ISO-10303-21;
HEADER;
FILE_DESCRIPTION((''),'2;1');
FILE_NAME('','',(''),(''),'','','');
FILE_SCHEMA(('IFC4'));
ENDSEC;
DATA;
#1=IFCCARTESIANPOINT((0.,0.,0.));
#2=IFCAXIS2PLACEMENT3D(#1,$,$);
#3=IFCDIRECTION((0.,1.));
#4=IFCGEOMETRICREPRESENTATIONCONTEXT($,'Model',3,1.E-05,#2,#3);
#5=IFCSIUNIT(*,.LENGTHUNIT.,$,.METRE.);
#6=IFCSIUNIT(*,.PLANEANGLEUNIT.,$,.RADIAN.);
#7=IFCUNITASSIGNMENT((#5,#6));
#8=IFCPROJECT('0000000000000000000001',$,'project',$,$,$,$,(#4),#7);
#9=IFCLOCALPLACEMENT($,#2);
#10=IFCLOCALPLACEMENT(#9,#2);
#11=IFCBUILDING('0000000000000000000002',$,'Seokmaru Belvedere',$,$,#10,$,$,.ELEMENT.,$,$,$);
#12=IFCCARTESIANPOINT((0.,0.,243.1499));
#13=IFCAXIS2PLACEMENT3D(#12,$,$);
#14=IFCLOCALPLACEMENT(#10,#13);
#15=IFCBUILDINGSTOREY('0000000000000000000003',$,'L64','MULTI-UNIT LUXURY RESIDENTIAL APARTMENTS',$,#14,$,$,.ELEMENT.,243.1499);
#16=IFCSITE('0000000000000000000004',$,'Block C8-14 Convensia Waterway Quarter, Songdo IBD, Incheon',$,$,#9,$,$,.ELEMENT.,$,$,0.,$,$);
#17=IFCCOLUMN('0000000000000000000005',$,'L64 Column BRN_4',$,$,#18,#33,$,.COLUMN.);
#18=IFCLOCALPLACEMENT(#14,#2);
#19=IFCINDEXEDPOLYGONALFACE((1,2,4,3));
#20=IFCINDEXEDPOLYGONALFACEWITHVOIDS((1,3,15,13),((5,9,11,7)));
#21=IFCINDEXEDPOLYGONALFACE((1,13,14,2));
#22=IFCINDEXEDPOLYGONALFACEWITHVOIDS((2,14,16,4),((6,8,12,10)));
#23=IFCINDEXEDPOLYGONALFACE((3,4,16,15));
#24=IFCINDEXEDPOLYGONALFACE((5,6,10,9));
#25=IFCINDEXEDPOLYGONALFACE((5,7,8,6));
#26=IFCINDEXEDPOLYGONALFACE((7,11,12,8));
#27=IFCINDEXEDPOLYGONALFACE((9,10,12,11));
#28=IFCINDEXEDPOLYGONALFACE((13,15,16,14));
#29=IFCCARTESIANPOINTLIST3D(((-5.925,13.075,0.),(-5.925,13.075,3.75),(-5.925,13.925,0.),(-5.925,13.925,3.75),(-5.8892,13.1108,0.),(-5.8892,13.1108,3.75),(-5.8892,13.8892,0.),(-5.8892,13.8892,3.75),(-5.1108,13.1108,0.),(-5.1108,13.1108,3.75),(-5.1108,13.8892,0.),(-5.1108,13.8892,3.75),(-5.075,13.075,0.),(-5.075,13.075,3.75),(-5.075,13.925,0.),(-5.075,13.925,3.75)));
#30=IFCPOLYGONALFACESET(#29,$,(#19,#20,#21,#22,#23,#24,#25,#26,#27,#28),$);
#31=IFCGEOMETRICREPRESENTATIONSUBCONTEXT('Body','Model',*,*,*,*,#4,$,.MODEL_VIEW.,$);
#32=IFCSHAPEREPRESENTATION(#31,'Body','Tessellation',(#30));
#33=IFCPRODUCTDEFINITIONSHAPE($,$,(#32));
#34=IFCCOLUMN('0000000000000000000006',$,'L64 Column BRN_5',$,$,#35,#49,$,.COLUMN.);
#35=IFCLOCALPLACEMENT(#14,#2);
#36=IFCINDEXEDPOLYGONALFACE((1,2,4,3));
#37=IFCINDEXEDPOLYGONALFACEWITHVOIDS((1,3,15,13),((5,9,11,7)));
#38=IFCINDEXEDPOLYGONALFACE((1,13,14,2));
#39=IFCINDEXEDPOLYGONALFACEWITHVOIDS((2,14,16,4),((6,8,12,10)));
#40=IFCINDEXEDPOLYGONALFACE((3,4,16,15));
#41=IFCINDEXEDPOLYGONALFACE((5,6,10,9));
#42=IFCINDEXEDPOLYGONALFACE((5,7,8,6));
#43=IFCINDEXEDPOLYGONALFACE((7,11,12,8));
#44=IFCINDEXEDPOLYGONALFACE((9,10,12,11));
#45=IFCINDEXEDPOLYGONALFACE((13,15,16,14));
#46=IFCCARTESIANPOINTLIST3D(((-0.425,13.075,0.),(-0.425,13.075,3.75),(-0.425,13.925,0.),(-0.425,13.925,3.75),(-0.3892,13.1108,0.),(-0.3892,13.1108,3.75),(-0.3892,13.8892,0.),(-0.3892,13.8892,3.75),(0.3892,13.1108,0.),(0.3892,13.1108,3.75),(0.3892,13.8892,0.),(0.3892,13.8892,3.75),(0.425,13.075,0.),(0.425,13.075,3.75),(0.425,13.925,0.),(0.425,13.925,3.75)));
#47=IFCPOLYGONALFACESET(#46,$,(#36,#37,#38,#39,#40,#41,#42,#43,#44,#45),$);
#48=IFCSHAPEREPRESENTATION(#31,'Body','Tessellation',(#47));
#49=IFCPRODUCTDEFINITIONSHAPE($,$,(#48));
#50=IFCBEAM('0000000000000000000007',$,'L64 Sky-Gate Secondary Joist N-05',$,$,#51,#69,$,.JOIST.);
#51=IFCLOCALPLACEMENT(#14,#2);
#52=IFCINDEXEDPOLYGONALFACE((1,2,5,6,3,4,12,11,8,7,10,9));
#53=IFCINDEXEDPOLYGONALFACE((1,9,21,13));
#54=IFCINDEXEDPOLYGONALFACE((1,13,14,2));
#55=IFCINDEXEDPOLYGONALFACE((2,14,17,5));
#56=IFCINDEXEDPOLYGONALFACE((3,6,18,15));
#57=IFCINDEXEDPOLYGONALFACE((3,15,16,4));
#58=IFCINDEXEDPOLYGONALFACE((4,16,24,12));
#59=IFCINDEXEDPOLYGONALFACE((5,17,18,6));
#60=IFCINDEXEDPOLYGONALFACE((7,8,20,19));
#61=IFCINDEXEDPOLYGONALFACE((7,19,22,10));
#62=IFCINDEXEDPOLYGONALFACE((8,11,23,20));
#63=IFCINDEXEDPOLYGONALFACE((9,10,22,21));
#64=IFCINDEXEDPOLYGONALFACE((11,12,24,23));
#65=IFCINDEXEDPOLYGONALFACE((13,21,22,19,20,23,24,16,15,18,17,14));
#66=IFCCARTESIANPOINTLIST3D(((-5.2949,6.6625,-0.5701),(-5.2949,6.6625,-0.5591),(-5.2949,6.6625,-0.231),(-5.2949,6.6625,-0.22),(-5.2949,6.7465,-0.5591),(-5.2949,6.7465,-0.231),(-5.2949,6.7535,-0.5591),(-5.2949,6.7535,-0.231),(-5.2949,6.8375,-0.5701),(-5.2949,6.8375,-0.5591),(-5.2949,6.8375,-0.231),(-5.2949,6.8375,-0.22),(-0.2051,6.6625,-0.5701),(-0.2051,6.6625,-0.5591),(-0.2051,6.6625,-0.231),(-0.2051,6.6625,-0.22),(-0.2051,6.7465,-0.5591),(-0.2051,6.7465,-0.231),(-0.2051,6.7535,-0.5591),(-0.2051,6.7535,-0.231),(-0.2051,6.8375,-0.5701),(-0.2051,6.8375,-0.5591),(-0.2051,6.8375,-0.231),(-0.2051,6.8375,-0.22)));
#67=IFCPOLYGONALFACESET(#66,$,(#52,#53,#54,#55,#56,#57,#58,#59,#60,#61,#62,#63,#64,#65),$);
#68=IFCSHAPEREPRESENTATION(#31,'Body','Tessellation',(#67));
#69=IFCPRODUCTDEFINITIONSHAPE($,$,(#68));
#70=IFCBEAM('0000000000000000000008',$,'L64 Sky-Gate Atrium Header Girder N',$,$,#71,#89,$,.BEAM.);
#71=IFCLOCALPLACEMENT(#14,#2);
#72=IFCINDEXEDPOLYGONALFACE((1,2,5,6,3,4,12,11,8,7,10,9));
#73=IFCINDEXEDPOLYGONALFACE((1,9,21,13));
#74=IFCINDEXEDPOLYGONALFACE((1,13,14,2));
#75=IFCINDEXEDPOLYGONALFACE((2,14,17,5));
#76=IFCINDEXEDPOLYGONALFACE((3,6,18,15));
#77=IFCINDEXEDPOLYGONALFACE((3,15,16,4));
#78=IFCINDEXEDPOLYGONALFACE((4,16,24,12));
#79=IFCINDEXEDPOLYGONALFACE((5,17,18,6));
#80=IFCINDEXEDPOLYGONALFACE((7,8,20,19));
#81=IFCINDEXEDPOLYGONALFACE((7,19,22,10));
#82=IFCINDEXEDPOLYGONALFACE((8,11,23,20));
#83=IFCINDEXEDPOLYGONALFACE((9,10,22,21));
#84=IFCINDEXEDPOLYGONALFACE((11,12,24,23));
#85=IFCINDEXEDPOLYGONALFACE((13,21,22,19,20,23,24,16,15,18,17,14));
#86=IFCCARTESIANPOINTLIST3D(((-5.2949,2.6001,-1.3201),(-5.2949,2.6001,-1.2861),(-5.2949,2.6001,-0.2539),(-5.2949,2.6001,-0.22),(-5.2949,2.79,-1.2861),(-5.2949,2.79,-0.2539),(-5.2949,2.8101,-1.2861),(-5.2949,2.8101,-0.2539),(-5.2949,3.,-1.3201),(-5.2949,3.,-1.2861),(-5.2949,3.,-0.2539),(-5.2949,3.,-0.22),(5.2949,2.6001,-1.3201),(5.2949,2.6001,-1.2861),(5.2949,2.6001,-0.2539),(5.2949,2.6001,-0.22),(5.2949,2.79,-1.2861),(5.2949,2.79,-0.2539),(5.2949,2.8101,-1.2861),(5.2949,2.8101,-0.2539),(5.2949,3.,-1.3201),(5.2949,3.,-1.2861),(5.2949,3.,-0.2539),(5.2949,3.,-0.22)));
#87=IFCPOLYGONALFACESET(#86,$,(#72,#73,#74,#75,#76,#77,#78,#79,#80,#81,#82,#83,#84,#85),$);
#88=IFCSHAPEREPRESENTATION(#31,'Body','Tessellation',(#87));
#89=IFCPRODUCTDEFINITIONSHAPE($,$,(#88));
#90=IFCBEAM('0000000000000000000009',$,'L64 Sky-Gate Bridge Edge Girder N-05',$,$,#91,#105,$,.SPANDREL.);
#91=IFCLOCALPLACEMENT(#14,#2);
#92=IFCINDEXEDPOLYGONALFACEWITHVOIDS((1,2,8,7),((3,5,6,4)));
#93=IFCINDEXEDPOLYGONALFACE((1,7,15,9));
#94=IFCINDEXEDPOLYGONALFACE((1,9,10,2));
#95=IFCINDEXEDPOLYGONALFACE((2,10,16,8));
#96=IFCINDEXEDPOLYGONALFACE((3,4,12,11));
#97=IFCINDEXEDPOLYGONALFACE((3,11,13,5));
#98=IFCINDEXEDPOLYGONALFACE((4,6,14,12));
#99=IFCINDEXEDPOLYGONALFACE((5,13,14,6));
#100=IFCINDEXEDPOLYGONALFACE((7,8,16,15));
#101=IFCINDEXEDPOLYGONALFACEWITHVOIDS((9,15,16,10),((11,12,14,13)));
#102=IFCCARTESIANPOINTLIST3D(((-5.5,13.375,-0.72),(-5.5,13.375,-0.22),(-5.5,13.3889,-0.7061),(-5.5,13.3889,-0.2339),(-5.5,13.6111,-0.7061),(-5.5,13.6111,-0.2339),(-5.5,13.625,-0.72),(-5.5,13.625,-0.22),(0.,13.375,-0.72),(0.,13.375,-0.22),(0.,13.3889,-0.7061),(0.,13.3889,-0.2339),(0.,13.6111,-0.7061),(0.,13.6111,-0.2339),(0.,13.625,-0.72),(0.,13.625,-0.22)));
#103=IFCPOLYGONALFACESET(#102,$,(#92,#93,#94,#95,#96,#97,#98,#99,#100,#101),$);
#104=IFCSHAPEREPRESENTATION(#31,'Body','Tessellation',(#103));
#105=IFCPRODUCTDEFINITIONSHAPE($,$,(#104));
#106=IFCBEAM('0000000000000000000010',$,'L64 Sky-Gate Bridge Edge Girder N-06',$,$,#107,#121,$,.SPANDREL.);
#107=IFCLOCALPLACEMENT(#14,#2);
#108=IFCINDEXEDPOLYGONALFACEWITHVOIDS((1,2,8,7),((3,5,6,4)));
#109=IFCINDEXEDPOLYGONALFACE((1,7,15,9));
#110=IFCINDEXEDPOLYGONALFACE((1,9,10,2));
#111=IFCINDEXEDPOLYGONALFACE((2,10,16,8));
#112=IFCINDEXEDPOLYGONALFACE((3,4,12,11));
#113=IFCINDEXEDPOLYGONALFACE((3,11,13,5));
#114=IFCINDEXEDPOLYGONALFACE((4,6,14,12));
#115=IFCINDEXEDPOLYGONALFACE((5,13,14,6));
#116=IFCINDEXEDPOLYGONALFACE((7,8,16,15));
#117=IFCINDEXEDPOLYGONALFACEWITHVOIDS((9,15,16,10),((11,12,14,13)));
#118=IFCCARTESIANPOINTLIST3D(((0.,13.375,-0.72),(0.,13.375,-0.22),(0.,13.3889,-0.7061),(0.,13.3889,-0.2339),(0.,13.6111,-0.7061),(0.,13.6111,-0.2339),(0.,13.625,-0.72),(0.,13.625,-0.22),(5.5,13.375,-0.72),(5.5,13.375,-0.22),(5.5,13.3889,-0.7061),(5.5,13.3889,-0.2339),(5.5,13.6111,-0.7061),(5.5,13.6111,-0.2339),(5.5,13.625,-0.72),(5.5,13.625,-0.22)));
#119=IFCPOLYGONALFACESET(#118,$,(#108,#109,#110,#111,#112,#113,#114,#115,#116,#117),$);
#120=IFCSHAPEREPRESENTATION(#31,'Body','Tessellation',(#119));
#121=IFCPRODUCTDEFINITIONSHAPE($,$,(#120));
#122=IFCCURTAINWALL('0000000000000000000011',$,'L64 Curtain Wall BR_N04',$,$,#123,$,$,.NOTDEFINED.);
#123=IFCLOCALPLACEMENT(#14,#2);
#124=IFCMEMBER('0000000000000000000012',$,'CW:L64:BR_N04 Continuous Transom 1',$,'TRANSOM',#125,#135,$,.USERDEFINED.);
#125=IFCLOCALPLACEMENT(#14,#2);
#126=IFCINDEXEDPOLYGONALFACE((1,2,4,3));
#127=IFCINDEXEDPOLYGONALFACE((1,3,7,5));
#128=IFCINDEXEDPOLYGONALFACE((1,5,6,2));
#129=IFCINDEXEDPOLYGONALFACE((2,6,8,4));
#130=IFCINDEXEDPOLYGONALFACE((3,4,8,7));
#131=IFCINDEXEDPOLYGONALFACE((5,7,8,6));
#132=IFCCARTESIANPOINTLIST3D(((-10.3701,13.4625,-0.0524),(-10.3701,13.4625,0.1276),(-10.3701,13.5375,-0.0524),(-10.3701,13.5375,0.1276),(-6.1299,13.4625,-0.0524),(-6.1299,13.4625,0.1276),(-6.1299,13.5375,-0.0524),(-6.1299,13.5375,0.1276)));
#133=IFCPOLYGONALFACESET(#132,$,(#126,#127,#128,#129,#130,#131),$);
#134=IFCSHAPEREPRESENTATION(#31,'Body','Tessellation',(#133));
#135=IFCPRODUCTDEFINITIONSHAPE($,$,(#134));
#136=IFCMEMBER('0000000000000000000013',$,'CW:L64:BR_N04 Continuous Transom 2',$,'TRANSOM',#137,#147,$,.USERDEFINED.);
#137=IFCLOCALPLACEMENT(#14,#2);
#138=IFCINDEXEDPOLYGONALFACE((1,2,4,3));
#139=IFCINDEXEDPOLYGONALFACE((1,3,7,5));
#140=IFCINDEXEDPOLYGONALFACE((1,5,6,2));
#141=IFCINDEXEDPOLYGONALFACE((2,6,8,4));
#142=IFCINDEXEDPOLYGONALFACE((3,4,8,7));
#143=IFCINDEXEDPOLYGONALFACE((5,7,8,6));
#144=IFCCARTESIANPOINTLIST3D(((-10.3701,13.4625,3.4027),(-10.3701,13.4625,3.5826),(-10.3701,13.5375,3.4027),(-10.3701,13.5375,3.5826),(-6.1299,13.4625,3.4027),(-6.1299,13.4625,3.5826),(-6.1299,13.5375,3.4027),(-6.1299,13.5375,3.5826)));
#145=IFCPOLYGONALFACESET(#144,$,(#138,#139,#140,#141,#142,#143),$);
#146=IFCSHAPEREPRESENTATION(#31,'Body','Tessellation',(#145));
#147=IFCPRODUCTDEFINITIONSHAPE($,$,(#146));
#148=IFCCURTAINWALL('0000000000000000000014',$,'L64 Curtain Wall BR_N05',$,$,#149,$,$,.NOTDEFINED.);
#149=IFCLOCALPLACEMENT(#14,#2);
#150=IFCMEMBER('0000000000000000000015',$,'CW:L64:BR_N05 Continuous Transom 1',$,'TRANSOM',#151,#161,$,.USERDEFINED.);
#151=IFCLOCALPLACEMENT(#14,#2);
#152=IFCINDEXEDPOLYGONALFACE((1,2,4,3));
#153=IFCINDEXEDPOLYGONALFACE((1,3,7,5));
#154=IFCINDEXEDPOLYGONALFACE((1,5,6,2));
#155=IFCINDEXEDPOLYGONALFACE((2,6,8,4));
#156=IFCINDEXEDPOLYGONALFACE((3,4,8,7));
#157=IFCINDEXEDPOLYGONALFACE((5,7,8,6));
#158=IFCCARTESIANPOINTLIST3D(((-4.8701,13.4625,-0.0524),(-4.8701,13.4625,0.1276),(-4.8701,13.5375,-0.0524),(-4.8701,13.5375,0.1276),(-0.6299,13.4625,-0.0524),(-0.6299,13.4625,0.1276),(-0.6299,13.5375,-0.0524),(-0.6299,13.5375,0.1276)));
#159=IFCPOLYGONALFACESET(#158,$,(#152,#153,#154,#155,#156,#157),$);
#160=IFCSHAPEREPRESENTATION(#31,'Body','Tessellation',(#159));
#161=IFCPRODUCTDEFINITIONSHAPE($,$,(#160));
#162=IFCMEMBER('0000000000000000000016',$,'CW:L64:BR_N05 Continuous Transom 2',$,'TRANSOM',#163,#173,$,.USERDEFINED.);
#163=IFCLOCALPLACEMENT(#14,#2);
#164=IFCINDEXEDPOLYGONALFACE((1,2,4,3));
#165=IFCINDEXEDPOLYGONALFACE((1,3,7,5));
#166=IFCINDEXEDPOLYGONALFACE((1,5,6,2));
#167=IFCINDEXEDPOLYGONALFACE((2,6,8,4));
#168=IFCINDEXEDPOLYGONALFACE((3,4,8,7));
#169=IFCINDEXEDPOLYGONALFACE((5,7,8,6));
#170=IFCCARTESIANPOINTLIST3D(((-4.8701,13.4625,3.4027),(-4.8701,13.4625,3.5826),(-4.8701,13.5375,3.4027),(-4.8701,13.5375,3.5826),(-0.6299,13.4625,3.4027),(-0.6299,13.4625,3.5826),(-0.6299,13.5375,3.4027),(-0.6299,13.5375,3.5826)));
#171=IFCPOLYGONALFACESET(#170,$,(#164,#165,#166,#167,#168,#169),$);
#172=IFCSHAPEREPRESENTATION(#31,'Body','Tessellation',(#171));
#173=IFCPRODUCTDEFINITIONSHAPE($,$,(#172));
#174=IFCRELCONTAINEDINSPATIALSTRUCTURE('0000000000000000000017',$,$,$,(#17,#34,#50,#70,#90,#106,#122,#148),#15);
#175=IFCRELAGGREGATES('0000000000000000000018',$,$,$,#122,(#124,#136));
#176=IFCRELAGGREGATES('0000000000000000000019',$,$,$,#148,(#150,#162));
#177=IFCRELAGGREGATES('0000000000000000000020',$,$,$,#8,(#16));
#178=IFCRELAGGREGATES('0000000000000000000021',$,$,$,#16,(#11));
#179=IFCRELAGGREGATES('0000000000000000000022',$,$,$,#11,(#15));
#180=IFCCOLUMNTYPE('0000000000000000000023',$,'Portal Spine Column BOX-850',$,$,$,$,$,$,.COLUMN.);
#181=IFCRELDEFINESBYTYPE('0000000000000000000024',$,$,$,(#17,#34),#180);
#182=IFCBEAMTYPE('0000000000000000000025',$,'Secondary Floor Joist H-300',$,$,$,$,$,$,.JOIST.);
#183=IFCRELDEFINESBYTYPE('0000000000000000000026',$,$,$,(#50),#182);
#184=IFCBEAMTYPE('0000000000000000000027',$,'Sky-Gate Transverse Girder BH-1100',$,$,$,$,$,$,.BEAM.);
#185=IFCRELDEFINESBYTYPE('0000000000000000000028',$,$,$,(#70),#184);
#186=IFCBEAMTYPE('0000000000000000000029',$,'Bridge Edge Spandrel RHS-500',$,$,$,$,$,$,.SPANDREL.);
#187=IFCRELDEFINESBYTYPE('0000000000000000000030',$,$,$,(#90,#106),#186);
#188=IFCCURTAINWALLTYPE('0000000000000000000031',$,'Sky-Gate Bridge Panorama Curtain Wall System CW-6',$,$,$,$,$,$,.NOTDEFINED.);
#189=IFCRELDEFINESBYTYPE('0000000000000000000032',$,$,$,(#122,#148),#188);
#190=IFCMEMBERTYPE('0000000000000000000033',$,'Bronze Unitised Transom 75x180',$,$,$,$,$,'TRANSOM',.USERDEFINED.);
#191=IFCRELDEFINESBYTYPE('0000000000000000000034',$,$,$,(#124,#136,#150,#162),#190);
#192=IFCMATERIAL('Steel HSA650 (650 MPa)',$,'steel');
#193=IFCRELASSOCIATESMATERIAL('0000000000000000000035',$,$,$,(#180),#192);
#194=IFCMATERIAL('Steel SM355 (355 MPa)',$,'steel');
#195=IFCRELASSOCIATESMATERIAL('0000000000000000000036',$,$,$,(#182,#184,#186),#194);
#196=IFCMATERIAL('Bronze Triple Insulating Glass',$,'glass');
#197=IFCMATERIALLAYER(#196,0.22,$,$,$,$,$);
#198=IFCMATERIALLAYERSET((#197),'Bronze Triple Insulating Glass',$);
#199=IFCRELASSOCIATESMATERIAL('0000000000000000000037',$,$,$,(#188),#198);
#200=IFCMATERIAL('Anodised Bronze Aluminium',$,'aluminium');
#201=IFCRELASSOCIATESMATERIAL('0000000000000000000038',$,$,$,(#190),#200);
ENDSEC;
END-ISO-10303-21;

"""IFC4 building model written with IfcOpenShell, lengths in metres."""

from ifc_helpers import new_model, si_unit, direction, frame, origin, origin_2d, place, context, subcontext, project, spatial, rectangle, hollow_rectangle, i_section, extrude, source, transform, mapped, material, layer, layer_set, material_profile, profile_set, type_object, type_shapes, element, aggregate, save


model = new_model("IFC4")

# Units and contexts
model_context = context("Model", 3, precision=1e-05, world=origin(), true_north=direction((0.0, 1.0)))
body_context = subcontext(model_context, "Body", "Model", "MODEL_VIEW")
ifc_project = project(units=[si_unit("LENGTHUNIT", "METRE"), si_unit("PLANEANGLEUNIT", "RADIAN")], contexts=[model_context])

# Site, building, storey
site_placement = place(None, origin())
site = spatial("IfcSite", under=ifc_project, at=site_placement, Name="Block C8-14 Convensia Waterway Quarter, Songdo IBD, Incheon", CompositionType="ELEMENT", RefElevation=0.0)
building_placement = place(site_placement, origin())
building = spatial("IfcBuilding", under=site, at=building_placement, Name="Seokmaru Belvedere", CompositionType="ELEMENT")
storey_placement = place(building_placement, frame((0.0, 0.0, 243.1499)))
storey = spatial("IfcBuildingStorey", under=building, at=storey_placement, Name="L64", Description="MULTI-UNIT LUXURY RESIDENTIAL APARTMENTS", CompositionType="ELEMENT", Elevation=243.1499)

# Columns
ifc_material_1 = material(Name="Steel HSA650 (650 MPa)", Category="steel")
ifc_material_profile_1 = material_profile(ifc_material_1, hollow_rectangle(XDim=0.8501, YDim=0.8501, WallThickness=0.0359, at=origin_2d()), Name="BOX-850x850x36")
ifc_profile_set_1 = profile_set([ifc_material_profile_1], Name="Steel HSA650 (650 MPa)")
column_type = type_object("IfcColumnType", Name="Portal Spine Column BOX-850", PredefinedType="COLUMN", material=ifc_profile_set_1)
shared_shape_1 = source(origin(), body_context, "Body", "SweptSolid", [
    extrude(hollow_rectangle(XDim=0.8501, YDim=0.8501, WallThickness=0.0359, at=origin_2d()), origin(), (0.0, 0.0, 1.0), 3.75),
])
type_shapes(column_type, [shared_shape_1])
for number, where, z_axis, x_axis, name in (
    (1, (-5.5, 13.5, 0.0), (0.0, 0.0, 1.0), (1.0, 0.0, 0.0), "L64 Column BRN_4"),
    (2, (0.0, 13.5, 0.0), (0.0, 0.0, 1.0), (1.0, 0.0, 0.0), "L64 Column BRN_5"),
):
    element("IfcColumn", number, at=place(storey_placement, frame(where, z_axis=z_axis, x_axis=x_axis)), inside=storey, type_object=column_type, Name=name, PredefinedType="COLUMN", context=body_context, shape_type="MappedRepresentation", body=[
        mapped(shared_shape_1, transform((0.0, 0.0, 0.0), scale=1.0)),
    ])

# Beams
ifc_material_2 = material(Name="Steel SM355 (355 MPa)", Category="steel")
ifc_material_profile_2 = material_profile(ifc_material_2, i_section(OverallWidth=0.175, OverallDepth=0.3501, WebThickness=0.0071, FlangeThickness=0.011, at=origin_2d()), Name="H-350x175x7x11")
ifc_profile_set_2 = profile_set([ifc_material_profile_2], Name="Steel SM355 (355 MPa)")
beam_type_1 = type_object("IfcBeamType", Name="Secondary Floor Joist H-300", PredefinedType="JOIST", material=ifc_profile_set_2)
shared_shape_2 = source(origin(), body_context, "Body", "SweptSolid", [
    extrude(i_section(OverallWidth=0.175, OverallDepth=0.3501, WebThickness=0.0071, FlangeThickness=0.011, at=origin_2d()), origin(), (0.0, 0.0, 1.0), 5.0898),
])
type_shapes(beam_type_1, [shared_shape_2])
beam_1_placement = place(storey_placement, frame((-5.2949, 6.75, -0.395), z_axis=(1.0, 0.0, 0.0), x_axis=(0.0, 1.0, 0.0)))
element("IfcBeam", 3, at=beam_1_placement, inside=storey, type_object=beam_type_1, Name="L64 Sky-Gate Secondary Joist N-05", PredefinedType="JOIST", context=body_context, shape_type="MappedRepresentation", body=[
    mapped(shared_shape_2, transform((0.0, 0.0, 0.0), scale=1.0)),
])
ifc_material_profile_3 = material_profile(ifc_material_2, i_section(OverallWidth=0.3999, OverallDepth=1.1001, WebThickness=0.02, FlangeThickness=0.0339, at=origin_2d()), Name="BH-1100x400x20x34")
ifc_profile_set_3 = profile_set([ifc_material_profile_3], Name="Steel SM355 (355 MPa)")
beam_type_2 = type_object("IfcBeamType", Name="Sky-Gate Transverse Girder BH-1100", PredefinedType="BEAM", material=ifc_profile_set_3)
shared_shape_3 = source(origin(), body_context, "Body", "SweptSolid", [
    extrude(i_section(OverallWidth=0.3999, OverallDepth=1.1001, WebThickness=0.02, FlangeThickness=0.0339, at=origin_2d()), origin(), (0.0, 0.0, 1.0), 10.5898),
])
type_shapes(beam_type_2, [shared_shape_3])
beam_2_placement = place(storey_placement, frame((-5.2949, 2.8, -0.77), z_axis=(1.0, 0.0, 0.0), x_axis=(0.0, 1.0, 0.0)))
element("IfcBeam", 4, at=beam_2_placement, inside=storey, type_object=beam_type_2, Name="L64 Sky-Gate Atrium Header Girder N", PredefinedType="BEAM", context=body_context, shape_type="MappedRepresentation", body=[
    mapped(shared_shape_3, transform((0.0, 0.0, 0.0), scale=1.0)),
])
ifc_material_profile_4 = material_profile(ifc_material_2, hollow_rectangle(XDim=0.25, YDim=0.5, WallThickness=0.0139, at=origin_2d()), Name="RHS-500x250x14")
ifc_profile_set_4 = profile_set([ifc_material_profile_4], Name="Steel SM355 (355 MPa)")
beam_type_3 = type_object("IfcBeamType", Name="Bridge Edge Spandrel RHS-500", PredefinedType="SPANDREL", material=ifc_profile_set_4)
shared_shape_4 = source(origin(), body_context, "Body", "SweptSolid", [
    extrude(hollow_rectangle(XDim=0.25, YDim=0.5, WallThickness=0.0139, at=origin_2d()), origin(), (0.0, 0.0, 1.0), 5.5),
])
type_shapes(beam_type_3, [shared_shape_4])
for number, where, z_axis, x_axis, name in (
    (5, (-5.5, 13.5, -0.47), (1.0, 0.0, 0.0), (0.0, 1.0, 0.0), "L64 Sky-Gate Bridge Edge Girder N-05"),
    (6, (0.0, 13.5, -0.47), (1.0, 0.0, 0.0), (0.0, 1.0, 0.0), "L64 Sky-Gate Bridge Edge Girder N-06"),
):
    element("IfcBeam", number, at=place(storey_placement, frame(where, z_axis=z_axis, x_axis=x_axis)), inside=storey, type_object=beam_type_3, Name=name, PredefinedType="SPANDREL", context=body_context, shape_type="MappedRepresentation", body=[
        mapped(shared_shape_4, transform((0.0, 0.0, 0.0), scale=1.0)),
    ])

# Curtain walls, members
ifc_material_3 = material(Name="Bronze Triple Insulating Glass", Category="glass")
ifc_layer_1 = layer(ifc_material_3, 0.22)
ifc_layer_set_1 = layer_set([ifc_layer_1], Name="Bronze Triple Insulating Glass")
curtain_wall_type = type_object("IfcCurtainWallType", Name="Sky-Gate Bridge Panorama Curtain Wall System CW-6", PredefinedType="NOTDEFINED", material=ifc_layer_set_1)
curtain_wall_1_placement = place(storey_placement, origin())
curtain_wall_1 = element("IfcCurtainWall", 7, at=curtain_wall_1_placement, inside=storey, type_object=curtain_wall_type, Name="L64 Curtain Wall BR_N04", PredefinedType="NOTDEFINED")
ifc_material_4 = material(Name="Anodised Bronze Aluminium", Category="aluminium")
ifc_material_profile_5 = material_profile(ifc_material_4, rectangle(XDim=0.075, YDim=0.1799, at=origin_2d()), Name="CW-T-75x180")
ifc_profile_set_5 = profile_set([ifc_material_profile_5], Name="Anodised Bronze Aluminium")
member_type_1 = type_object("IfcMemberType", Name="Bronze Unitised Transom 75x180", ElementType="TRANSOM", PredefinedType="USERDEFINED", material=ifc_profile_set_5)
shared_shape_5 = source(origin(), body_context, "Body", "SweptSolid", [
    extrude(rectangle(XDim=0.075, YDim=0.1799, at=origin_2d()), origin(), (0.0, 0.0, 1.0), 4.2402),
])
type_shapes(member_type_1, [shared_shape_5])
member_1_placement = place(storey_placement, frame((-6.1299, 13.5, 0.0376), z_axis=(-1.0, 0.0, 0.0), x_axis=(0.0, -1.0, 0.0)))
member_1 = element("IfcMember", 8, at=member_1_placement, type_object=member_type_1, Name="CW:L64:BR_N04 Continuous Transom 1", ObjectType="TRANSOM", PredefinedType="USERDEFINED", context=body_context, shape_type="MappedRepresentation", body=[
    mapped(shared_shape_5, transform((0.0, 0.0, 0.0), scale=1.0)),
])
member_2_placement = place(storey_placement, frame((-6.1299, 13.5, 3.4927), z_axis=(-1.0, 0.0, 0.0), x_axis=(0.0, -1.0, 0.0)))
member_2 = element("IfcMember", 9, at=member_2_placement, type_object=member_type_1, Name="CW:L64:BR_N04 Continuous Transom 2", ObjectType="TRANSOM", PredefinedType="USERDEFINED", context=body_context, shape_type="MappedRepresentation", body=[
    mapped(shared_shape_5, transform((0.0, 0.0, 0.0), scale=1.0)),
])
curtain_wall_2_placement = place(storey_placement, origin())
curtain_wall_2 = element("IfcCurtainWall", 10, at=curtain_wall_2_placement, inside=storey, type_object=curtain_wall_type, Name="L64 Curtain Wall BR_N05", PredefinedType="NOTDEFINED")
member_3_placement = place(storey_placement, frame((-0.6299, 13.5, 0.0376), z_axis=(-1.0, 0.0, 0.0), x_axis=(0.0, -1.0, 0.0)))
member_3 = element("IfcMember", 11, at=member_3_placement, type_object=member_type_1, Name="CW:L64:BR_N05 Continuous Transom 1", ObjectType="TRANSOM", PredefinedType="USERDEFINED", context=body_context, shape_type="MappedRepresentation", body=[
    mapped(shared_shape_5, transform((0.0, 0.0, 0.0), scale=1.0)),
])
member_4_placement = place(storey_placement, frame((-0.6299, 13.5, 3.4927), z_axis=(-1.0, 0.0, 0.0), x_axis=(0.0, -1.0, 0.0)))
member_4 = element("IfcMember", 12, at=member_4_placement, type_object=member_type_1, Name="CW:L64:BR_N05 Continuous Transom 2", ObjectType="TRANSOM", PredefinedType="USERDEFINED", context=body_context, shape_type="MappedRepresentation", body=[
    mapped(shared_shape_5, transform((0.0, 0.0, 0.0), scale=1.0)),
])

aggregate(curtain_wall_1, [member_1, member_2])

aggregate(curtain_wall_2, [member_3, member_4])

save(model, "model.ifc")
